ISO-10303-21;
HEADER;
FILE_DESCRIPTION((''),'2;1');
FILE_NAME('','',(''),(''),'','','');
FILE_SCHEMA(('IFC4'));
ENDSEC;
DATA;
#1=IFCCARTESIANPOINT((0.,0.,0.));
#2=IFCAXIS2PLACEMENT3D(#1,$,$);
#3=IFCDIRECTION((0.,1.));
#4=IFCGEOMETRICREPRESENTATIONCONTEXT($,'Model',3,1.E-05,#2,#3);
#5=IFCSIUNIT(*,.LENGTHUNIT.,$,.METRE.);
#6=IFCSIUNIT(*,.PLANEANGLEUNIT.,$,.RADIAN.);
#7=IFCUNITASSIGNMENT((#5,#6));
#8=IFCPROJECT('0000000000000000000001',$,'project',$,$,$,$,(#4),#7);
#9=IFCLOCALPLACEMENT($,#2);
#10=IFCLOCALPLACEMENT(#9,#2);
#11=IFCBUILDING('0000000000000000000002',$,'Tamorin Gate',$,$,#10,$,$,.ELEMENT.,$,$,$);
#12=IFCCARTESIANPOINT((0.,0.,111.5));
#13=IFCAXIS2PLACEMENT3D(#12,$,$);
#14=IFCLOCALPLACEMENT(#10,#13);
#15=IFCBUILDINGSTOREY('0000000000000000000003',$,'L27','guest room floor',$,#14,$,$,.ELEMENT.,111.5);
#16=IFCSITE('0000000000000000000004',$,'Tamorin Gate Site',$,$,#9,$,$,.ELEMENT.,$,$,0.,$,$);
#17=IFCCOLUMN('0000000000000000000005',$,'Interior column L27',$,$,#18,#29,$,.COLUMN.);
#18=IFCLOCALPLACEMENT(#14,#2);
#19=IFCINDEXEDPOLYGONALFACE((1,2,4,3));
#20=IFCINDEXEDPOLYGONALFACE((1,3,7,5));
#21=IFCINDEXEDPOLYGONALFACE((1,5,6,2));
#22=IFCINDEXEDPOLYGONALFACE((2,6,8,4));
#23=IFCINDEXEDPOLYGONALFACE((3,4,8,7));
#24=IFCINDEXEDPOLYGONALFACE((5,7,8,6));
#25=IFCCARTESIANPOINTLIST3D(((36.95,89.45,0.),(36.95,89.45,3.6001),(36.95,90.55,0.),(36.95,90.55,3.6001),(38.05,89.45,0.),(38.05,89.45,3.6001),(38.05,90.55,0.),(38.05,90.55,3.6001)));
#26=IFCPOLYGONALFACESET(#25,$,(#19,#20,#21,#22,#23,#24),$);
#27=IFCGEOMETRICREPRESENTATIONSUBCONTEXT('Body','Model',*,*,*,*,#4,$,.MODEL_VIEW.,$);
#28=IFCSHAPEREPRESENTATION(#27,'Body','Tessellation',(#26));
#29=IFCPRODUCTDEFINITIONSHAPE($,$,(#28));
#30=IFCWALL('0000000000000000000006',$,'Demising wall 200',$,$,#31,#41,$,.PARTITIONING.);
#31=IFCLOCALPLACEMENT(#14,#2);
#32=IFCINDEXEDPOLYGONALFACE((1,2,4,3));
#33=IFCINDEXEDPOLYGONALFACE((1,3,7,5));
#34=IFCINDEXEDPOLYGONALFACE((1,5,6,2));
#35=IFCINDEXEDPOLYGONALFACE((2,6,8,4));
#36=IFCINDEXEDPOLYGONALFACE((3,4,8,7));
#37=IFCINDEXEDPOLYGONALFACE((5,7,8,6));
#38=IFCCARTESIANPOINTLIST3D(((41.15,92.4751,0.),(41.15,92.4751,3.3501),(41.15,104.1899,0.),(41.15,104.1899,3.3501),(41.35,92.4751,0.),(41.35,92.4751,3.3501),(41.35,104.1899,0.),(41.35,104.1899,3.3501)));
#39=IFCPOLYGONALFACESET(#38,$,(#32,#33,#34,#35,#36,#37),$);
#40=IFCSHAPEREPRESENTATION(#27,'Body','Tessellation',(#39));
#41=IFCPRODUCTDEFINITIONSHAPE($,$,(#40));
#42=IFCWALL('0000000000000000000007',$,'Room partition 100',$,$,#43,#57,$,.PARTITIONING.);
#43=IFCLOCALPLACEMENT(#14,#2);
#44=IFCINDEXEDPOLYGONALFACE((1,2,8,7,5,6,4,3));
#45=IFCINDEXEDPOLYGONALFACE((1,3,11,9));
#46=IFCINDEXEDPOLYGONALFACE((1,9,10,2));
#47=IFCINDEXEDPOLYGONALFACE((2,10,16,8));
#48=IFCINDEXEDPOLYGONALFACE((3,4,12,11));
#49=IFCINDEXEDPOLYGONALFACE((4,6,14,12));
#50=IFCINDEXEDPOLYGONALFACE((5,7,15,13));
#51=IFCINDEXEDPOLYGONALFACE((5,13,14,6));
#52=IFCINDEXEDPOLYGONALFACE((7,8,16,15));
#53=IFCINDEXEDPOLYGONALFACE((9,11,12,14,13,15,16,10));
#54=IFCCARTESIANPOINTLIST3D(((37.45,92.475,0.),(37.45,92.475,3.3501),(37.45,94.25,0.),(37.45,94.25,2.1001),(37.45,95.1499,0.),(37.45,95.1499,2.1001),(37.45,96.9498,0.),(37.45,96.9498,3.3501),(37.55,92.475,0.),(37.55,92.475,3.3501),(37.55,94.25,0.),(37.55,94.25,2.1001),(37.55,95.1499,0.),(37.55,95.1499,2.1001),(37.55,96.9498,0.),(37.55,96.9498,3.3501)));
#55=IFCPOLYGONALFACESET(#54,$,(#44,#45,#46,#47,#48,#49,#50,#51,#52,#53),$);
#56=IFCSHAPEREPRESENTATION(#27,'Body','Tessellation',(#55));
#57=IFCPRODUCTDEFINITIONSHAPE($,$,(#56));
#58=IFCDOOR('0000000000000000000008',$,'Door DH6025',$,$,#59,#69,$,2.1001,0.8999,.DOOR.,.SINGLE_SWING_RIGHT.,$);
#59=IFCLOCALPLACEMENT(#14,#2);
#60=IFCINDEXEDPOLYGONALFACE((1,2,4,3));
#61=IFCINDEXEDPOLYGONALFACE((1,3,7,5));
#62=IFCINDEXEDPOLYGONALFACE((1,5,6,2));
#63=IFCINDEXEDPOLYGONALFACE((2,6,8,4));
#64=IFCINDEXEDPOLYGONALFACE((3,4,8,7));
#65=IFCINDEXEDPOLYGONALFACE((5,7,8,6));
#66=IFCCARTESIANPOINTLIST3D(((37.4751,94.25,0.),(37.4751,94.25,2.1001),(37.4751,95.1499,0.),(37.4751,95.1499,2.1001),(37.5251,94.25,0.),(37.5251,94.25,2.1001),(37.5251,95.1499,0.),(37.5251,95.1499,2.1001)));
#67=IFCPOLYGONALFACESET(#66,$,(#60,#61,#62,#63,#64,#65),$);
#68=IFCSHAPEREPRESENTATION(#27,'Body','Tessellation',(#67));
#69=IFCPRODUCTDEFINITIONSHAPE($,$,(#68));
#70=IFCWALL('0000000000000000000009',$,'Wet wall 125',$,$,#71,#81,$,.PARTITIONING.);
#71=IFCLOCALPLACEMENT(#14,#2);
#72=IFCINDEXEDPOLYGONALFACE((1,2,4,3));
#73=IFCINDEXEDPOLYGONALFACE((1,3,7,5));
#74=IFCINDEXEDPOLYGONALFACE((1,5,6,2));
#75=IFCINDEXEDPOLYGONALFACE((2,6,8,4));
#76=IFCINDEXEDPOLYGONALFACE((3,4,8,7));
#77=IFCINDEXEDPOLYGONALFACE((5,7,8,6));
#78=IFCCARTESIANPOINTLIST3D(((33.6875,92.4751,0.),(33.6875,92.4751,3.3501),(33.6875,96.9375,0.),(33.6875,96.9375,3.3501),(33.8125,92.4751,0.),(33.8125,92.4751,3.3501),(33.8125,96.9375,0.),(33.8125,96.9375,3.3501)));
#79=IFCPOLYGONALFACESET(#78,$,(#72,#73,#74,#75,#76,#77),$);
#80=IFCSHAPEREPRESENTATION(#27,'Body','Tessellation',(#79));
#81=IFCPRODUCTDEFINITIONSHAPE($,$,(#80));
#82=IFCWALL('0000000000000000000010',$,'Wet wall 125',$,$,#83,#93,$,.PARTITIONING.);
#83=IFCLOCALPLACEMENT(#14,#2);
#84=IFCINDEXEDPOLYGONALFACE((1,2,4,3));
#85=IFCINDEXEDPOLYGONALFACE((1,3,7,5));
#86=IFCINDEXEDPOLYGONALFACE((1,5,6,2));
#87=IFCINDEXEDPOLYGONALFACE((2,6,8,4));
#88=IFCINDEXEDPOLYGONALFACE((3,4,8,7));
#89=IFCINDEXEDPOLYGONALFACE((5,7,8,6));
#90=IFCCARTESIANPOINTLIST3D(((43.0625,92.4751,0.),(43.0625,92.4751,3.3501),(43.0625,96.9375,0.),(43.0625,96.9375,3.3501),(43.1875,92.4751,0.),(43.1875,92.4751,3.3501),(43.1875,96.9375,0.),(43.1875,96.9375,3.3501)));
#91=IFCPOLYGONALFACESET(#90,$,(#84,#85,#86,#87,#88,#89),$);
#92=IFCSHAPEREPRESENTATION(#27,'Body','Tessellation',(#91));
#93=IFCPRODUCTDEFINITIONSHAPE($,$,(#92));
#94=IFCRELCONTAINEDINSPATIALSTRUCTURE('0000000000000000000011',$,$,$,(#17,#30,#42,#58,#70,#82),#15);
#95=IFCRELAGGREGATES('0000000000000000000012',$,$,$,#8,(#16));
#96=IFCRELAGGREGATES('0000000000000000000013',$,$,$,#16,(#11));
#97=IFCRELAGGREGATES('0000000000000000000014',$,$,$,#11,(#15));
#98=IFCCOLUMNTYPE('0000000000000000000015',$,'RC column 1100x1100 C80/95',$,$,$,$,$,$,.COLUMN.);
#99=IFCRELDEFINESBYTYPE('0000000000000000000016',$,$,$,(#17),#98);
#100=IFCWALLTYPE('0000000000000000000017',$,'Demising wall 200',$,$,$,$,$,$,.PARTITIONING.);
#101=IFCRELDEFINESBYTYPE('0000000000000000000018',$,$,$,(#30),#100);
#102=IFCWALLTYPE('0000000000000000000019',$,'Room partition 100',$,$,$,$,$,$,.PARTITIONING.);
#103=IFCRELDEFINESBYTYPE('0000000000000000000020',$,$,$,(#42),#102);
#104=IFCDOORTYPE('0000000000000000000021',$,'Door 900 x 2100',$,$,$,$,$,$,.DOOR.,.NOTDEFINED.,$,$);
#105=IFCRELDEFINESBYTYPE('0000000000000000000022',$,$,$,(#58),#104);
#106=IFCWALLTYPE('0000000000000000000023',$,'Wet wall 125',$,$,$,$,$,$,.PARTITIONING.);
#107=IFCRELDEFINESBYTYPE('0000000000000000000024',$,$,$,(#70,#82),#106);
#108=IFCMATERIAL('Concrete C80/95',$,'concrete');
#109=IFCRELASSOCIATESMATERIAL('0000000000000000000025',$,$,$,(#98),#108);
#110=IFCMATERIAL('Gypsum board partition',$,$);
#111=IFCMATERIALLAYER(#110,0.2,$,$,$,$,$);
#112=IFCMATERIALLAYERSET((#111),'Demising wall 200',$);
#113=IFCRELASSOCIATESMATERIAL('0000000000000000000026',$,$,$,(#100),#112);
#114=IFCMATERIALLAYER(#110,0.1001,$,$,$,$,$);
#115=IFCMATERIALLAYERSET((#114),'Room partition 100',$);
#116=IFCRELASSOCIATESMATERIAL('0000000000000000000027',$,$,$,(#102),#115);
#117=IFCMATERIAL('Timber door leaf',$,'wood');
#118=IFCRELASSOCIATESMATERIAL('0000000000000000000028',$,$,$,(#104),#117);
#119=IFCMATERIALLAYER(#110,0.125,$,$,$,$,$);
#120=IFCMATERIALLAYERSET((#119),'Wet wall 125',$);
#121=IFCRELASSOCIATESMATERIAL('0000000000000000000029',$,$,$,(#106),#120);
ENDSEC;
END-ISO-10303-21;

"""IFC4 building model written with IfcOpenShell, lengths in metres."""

from ifc_helpers import new_model, si_unit, direction, frame, frame_2d, origin, origin_2d, place, context, subcontext, project, spatial, rectangle, extrude, material, layer, layer_set, material_profile, profile_set, type_object, element, fill, save


model = new_model("IFC4")

# Units and contexts
model_context = context("Model", 3, precision=1e-05, world=origin(), true_north=direction((0.0, 1.0)))
body_context = subcontext(model_context, "Body", "Model", "MODEL_VIEW")
ifc_project = project(units=[si_unit("LENGTHUNIT", "METRE"), si_unit("PLANEANGLEUNIT", "RADIAN")], contexts=[model_context])

# Site, building, storey
site_placement = place(None, origin())
site = spatial("IfcSite", under=ifc_project, at=site_placement, Name="Tamorin Gate Site", CompositionType="ELEMENT", RefElevation=0.0)
building_placement = place(site_placement, origin())
building = spatial("IfcBuilding", under=site, at=building_placement, Name="Tamorin Gate", CompositionType="ELEMENT")
storey_placement = place(building_placement, frame((0.0, 0.0, 111.5)))
storey = spatial("IfcBuildingStorey", under=building, at=storey_placement, Name="L27", Description="guest room floor", CompositionType="ELEMENT", Elevation=111.5)

# Column
ifc_material_1 = material(Name="Concrete C80/95", Category="concrete")
ifc_material_profile = material_profile(ifc_material_1, rectangle(XDim=1.1001, YDim=1.1001, at=origin_2d()), Name="RC 1100x1100")
ifc_profile_set = profile_set([ifc_material_profile], Name="Concrete C80/95")
column_type = type_object("IfcColumnType", Name="RC column 1100x1100 C80/95", PredefinedType="COLUMN", material=ifc_profile_set)
column_placement = place(storey_placement, frame((37.5, 90.0, 0.0), z_axis=(0.0, 0.0, 1.0), x_axis=(1.0, 0.0, 0.0)))
element("IfcColumn", 1, at=column_placement, inside=storey, type_object=column_type, Name="Interior column L27", PredefinedType="COLUMN", context=body_context, shape_type="SweptSolid", body=[
    extrude(rectangle(XDim=1.1001, YDim=1.1001, at=origin_2d()), origin(), (0.0, 0.0, 1.0), 3.6001),
])

# Shared definitions
ifc_material_2 = material(Name="Gypsum board partition")
ifc_material_3 = material(Name="Timber door leaf", Category="wood")

# Wall
ifc_layer_1 = layer(ifc_material_2, 0.2)
ifc_layer_set_1 = layer_set([ifc_layer_1], Name="Demising wall 200")
wall_type_1 = type_object("IfcWallType", Name="Demising wall 200", PredefinedType="PARTITIONING", material=ifc_layer_set_1)
wall_1_placement = place(storey_placement, frame((41.25, 92.4751, 0.0), z_axis=(0.0, 0.0, 1.0), x_axis=(0.0, 1.0, 0.0)))
element("IfcWall", 2, at=wall_1_placement, inside=storey, type_object=wall_type_1, Name="Demising wall 200", PredefinedType="PARTITIONING", context=body_context, shape_type="SweptSolid", body=[
    extrude(rectangle(XDim=11.7148, YDim=0.2, at=frame_2d((5.8574, 0.0))), origin(), (0.0, 0.0, 1.0), 3.3501),
])

# Wall, opening, door
ifc_layer_2 = layer(ifc_material_2, 0.1001)
ifc_layer_set_2 = layer_set([ifc_layer_2], Name="Room partition 100")
wall_type_2 = type_object("IfcWallType", Name="Room partition 100", PredefinedType="PARTITIONING", material=ifc_layer_set_2)
wall_2_placement = place(storey_placement, frame((37.5, 92.4751, 0.0), z_axis=(0.0, 0.0, 1.0), x_axis=(0.0, 1.0, 0.0)))
wall_2 = element("IfcWall", 3, at=wall_2_placement, inside=storey, type_object=wall_type_2, Name="Room partition 100", PredefinedType="PARTITIONING", context=body_context, shape_type="SweptSolid", body=[
    extrude(rectangle(XDim=4.4749, YDim=0.1001, at=frame_2d((2.2373, 0.0))), origin(), (0.0, 0.0, 1.0), 3.3501),
])
opening_1_placement = place(wall_2_placement, frame((1.7749, 0.0, 0.0)))
opening_1 = element("IfcOpeningElement", 4, at=opening_1_placement, cuts=wall_2, PredefinedType="OPENING", context=body_context, shape_type="SweptSolid", body=[
    extrude(rectangle(XDim=0.8999, YDim=2.1001, at=frame_2d((0.45, 1.05))), frame((0.0, 0.0601, 0.0), z_axis=(0.0, -1.0, 0.0), x_axis=(1.0, 0.0, 0.0)), (0.0, 0.0, 1.0), 0.1201),
])
door_type_1 = type_object("IfcDoorType", Name="Door 900 x 2100", OperationType="NOTDEFINED", PredefinedType="DOOR", material=ifc_material_3)
door_1_placement = place(opening_1_placement, origin())
door_1 = element("IfcDoor", 5, at=door_1_placement, inside=storey, type_object=door_type_1, Name="Door DH6025", OperationType="SINGLE_SWING_RIGHT", OverallHeight=2.1001, OverallWidth=0.8999, PredefinedType="DOOR", context=body_context, shape_type="SweptSolid", body=[
    extrude(rectangle(XDim=0.8999, YDim=2.1001, at=frame_2d((0.45, 1.05))), frame((0.0, 0.0249, 0.0), z_axis=(0.0, -1.0, 0.0), x_axis=(1.0, 0.0, 0.0)), (0.0, 0.0, 1.0), 0.05),
])
fill(opening_1, door_1)

# Walls
ifc_layer_3 = layer(ifc_material_2, 0.125)
ifc_layer_set_3 = layer_set([ifc_layer_3], Name="Wet wall 125")
wall_type_3 = type_object("IfcWallType", Name="Wet wall 125", PredefinedType="PARTITIONING", material=ifc_layer_set_3)
for number, where, z_axis, x_axis, name in (
    (6, (33.75, 92.4751, 0.0), (0.0, 0.0, 1.0), (0.0, 1.0, 0.0), "Wet wall 125"),
    (7, (43.125, 92.4751, 0.0), (0.0, 0.0, 1.0), (0.0, 1.0, 0.0), "Wet wall 125"),
):
    element("IfcWall", number, at=place(storey_placement, frame(where, z_axis=z_axis, x_axis=x_axis)), inside=storey, type_object=wall_type_3, Name=name, PredefinedType="PARTITIONING", context=body_context, shape_type="SweptSolid", body=[
        extrude(rectangle(XDim=4.4624, YDim=0.125, at=frame_2d((2.2312, 0.0))), origin(), (0.0, 0.0, 1.0), 3.3501),
    ])

save(model, "model.ifc")
